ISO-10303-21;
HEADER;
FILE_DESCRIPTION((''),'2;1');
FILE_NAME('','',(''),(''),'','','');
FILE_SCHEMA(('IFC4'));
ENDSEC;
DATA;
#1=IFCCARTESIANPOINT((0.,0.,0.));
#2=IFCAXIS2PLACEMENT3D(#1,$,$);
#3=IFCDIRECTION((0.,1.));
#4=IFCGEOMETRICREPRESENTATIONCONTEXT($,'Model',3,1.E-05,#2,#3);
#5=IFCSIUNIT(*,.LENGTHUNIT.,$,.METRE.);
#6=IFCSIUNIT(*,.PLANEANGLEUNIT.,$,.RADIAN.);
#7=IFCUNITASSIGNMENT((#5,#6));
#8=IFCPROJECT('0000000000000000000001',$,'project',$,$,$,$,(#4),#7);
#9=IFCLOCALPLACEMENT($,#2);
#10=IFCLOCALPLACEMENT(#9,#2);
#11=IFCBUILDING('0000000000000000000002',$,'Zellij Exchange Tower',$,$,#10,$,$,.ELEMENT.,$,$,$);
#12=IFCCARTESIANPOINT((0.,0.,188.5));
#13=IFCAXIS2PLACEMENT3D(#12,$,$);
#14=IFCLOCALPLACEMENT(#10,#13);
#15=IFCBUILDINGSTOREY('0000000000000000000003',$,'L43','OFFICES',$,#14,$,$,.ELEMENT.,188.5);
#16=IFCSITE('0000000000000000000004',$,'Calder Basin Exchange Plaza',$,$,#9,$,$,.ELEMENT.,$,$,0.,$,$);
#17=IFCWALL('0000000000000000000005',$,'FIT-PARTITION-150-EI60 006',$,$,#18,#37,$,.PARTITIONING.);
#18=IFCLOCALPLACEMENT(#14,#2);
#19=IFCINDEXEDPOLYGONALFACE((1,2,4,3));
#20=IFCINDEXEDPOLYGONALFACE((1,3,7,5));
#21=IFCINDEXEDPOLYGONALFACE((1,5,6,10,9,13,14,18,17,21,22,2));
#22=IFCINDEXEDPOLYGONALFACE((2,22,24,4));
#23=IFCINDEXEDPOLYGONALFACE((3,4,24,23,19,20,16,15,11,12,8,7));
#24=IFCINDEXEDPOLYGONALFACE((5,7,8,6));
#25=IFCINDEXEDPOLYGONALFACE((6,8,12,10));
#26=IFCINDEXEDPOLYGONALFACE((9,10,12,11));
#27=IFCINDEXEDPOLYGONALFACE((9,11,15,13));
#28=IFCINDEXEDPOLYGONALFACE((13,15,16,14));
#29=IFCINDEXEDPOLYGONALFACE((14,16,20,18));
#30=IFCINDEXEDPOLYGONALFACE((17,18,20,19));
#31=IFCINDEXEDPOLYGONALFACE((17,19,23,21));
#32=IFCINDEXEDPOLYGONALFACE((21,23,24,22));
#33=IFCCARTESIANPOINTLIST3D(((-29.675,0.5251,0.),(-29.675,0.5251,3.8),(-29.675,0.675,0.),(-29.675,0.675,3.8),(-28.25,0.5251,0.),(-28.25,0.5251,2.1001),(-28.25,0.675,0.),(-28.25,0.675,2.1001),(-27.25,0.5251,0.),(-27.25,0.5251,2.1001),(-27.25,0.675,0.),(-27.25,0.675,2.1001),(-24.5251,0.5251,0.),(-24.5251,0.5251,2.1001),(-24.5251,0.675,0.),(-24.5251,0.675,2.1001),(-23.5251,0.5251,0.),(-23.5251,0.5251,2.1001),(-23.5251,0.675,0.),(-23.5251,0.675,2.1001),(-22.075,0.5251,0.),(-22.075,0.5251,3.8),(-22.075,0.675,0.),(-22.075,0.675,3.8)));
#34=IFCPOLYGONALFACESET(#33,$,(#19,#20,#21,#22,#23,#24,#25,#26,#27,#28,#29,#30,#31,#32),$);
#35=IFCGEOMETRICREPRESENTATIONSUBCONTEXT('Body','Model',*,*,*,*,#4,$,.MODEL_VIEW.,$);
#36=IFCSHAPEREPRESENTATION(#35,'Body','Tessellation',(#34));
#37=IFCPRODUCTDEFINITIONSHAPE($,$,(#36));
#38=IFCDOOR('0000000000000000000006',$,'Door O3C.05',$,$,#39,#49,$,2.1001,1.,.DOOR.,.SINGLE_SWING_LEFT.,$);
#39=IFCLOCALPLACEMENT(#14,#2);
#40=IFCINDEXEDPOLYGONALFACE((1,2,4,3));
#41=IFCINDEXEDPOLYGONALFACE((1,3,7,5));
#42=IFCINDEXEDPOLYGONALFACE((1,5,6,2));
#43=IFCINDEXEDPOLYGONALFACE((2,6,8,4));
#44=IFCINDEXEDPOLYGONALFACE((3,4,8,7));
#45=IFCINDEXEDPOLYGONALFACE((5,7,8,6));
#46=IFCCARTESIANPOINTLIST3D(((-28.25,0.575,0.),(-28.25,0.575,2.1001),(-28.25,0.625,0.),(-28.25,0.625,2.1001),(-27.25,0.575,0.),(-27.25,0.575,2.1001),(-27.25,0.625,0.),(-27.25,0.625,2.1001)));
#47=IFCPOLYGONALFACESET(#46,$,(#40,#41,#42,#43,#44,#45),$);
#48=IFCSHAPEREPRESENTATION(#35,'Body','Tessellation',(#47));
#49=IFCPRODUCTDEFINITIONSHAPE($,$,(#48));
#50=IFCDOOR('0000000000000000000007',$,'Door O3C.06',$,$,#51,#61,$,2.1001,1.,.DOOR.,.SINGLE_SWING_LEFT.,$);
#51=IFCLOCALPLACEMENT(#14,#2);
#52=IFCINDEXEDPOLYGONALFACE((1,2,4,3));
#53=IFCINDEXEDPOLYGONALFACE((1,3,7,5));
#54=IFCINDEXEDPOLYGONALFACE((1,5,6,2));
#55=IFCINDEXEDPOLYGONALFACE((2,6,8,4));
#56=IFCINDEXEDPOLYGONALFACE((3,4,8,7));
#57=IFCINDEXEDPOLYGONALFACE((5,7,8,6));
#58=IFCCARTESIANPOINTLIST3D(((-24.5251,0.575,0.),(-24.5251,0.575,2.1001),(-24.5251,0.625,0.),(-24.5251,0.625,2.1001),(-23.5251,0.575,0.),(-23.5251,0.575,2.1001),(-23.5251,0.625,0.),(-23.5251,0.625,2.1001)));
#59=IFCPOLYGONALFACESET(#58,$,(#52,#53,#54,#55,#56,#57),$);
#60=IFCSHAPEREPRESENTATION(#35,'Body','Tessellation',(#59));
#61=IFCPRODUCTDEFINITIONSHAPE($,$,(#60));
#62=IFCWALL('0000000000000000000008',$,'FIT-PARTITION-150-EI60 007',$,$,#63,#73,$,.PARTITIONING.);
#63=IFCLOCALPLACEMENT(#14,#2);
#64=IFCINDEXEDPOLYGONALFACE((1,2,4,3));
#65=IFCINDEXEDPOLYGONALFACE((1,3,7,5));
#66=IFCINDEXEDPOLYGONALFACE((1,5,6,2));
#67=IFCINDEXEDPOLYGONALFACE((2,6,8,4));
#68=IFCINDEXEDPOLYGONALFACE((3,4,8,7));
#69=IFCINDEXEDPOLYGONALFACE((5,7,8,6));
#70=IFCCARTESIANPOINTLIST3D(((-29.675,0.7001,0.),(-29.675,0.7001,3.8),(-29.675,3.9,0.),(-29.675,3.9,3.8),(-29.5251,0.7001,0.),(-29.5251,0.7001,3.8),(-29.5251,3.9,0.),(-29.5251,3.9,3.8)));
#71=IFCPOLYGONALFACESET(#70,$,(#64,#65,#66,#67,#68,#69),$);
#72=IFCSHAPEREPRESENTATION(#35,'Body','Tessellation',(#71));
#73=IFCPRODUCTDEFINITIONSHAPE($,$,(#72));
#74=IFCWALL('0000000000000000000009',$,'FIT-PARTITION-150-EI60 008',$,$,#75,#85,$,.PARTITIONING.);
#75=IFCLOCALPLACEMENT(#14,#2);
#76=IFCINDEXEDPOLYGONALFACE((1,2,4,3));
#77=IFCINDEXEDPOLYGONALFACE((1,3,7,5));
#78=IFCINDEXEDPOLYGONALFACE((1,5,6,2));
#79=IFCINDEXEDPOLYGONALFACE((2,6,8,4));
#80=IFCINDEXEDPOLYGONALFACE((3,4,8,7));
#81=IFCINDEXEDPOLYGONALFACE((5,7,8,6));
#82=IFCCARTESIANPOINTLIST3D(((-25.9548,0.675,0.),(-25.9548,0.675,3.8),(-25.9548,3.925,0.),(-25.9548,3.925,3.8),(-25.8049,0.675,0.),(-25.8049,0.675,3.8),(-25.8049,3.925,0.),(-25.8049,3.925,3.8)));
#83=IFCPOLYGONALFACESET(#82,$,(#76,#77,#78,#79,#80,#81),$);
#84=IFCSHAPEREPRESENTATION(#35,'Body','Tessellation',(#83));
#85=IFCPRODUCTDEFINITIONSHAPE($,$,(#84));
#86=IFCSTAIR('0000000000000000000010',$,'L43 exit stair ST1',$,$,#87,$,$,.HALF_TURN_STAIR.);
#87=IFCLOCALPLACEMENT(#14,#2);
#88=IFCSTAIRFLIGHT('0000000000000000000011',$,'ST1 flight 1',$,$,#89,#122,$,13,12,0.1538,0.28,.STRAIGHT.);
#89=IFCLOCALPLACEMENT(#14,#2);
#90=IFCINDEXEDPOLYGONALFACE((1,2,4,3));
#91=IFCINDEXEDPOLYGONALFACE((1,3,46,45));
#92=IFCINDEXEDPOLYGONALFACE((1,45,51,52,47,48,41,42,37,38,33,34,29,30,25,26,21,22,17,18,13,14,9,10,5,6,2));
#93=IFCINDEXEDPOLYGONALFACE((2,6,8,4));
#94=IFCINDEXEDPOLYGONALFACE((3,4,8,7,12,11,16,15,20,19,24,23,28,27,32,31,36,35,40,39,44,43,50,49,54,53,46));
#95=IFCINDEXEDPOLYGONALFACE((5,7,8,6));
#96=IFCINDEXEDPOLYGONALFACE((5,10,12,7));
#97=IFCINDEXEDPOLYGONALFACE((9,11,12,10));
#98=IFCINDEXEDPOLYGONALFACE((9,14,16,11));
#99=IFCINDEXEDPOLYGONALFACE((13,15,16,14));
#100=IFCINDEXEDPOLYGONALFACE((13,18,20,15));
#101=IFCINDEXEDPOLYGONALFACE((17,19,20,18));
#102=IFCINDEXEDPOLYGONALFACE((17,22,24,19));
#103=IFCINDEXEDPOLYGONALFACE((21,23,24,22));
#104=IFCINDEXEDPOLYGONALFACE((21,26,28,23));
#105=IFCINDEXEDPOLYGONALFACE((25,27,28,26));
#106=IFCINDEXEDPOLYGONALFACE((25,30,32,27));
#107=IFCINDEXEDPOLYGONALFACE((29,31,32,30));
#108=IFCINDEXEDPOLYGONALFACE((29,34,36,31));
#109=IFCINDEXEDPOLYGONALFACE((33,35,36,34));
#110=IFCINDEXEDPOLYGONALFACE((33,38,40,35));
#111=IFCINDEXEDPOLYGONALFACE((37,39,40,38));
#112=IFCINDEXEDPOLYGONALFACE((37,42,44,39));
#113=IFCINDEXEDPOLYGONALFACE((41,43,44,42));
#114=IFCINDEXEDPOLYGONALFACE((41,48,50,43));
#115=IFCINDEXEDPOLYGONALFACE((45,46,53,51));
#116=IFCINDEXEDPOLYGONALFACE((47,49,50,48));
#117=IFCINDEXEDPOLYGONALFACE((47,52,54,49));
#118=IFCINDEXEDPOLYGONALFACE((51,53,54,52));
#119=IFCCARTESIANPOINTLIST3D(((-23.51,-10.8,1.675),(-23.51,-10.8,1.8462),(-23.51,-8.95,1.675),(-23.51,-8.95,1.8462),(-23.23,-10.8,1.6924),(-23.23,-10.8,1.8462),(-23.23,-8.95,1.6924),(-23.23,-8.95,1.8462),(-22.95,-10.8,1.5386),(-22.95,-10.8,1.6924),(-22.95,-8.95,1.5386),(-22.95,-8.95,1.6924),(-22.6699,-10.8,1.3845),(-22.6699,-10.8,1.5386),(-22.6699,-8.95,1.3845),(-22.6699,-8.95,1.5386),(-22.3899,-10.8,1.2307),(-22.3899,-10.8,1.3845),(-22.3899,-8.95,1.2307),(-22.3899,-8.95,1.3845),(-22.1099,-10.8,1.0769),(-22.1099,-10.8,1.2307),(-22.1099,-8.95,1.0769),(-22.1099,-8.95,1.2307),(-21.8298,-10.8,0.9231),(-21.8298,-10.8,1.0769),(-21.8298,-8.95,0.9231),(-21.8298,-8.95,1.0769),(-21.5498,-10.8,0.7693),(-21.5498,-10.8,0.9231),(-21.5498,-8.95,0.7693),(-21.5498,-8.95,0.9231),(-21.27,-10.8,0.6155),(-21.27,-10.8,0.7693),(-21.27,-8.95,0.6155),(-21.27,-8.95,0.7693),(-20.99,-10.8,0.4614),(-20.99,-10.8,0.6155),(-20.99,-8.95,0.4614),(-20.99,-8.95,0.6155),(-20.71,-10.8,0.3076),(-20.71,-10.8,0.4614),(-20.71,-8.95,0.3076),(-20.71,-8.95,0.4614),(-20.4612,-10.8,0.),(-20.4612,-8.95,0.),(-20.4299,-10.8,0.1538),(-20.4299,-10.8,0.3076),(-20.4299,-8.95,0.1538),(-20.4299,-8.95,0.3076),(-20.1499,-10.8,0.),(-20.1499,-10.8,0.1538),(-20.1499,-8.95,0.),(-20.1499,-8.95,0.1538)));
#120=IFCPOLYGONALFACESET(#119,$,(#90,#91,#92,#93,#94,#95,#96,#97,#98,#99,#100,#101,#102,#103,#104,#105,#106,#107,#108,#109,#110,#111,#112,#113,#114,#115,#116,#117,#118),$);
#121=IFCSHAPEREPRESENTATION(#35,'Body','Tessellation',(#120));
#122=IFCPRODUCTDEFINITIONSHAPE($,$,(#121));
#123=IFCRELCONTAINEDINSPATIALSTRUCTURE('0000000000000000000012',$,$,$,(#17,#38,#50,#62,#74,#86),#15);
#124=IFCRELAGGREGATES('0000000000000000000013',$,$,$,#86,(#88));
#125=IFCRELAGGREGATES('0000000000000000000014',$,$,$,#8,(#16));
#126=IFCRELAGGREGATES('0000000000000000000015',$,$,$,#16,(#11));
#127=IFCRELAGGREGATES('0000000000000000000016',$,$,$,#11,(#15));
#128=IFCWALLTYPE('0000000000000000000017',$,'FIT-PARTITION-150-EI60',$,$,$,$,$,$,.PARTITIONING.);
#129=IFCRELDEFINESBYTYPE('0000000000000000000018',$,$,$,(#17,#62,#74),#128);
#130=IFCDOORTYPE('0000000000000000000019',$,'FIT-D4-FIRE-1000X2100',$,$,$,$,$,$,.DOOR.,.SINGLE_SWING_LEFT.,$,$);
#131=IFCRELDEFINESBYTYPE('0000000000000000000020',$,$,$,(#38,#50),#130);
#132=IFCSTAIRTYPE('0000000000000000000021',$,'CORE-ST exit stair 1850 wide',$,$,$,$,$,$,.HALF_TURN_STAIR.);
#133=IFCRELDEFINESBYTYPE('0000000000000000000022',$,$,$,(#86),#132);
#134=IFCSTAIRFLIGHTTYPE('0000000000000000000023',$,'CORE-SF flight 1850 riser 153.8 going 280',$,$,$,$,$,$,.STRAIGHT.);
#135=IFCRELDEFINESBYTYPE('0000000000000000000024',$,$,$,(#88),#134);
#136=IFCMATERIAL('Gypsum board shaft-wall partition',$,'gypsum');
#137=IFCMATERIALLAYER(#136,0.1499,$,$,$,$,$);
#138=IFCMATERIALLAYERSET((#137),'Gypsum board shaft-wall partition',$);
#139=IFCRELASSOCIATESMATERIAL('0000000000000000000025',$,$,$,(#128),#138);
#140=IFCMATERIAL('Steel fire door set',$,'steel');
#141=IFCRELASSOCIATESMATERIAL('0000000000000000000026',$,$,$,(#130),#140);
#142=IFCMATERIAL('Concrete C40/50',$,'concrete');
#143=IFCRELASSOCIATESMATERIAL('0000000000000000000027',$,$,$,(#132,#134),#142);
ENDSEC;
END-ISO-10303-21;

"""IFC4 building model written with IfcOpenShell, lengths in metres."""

from ifc_helpers import new_model, si_unit, direction, frame, frame_2d, origin, place, context, subcontext, project, spatial, polyline, rectangle, outline, extrude, material, layer, layer_set, type_object, element, fill, aggregate, save


model = new_model("IFC4")

# Units and contexts
model_context = context("Model", 3, precision=1e-05, world=origin(), true_north=direction((0.0, 1.0)))
body_context = subcontext(model_context, "Body", "Model", "MODEL_VIEW")
ifc_project = project(units=[si_unit("LENGTHUNIT", "METRE"), si_unit("PLANEANGLEUNIT", "RADIAN")], contexts=[model_context])

# Site, building, storey
site_placement = place(None, origin())
site = spatial("IfcSite", under=ifc_project, at=site_placement, Name="Calder Basin Exchange Plaza", CompositionType="ELEMENT", RefElevation=0.0)
building_placement = place(site_placement, origin())
building = spatial("IfcBuilding", under=site, at=building_placement, Name="Zellij Exchange Tower", CompositionType="ELEMENT")
storey_placement = place(building_placement, frame((0.0, 0.0, 188.5)))
storey = spatial("IfcBuildingStorey", under=building, at=storey_placement, Name="L43", Description="OFFICES", CompositionType="ELEMENT", Elevation=188.5)

# Wall, openings, doors
ifc_material_1 = material(Name="Gypsum board shaft-wall partition", Category="gypsum")
ifc_layer_1 = layer(ifc_material_1, 0.1499)
ifc_layer_set_1 = layer_set([ifc_layer_1], Name="Gypsum board shaft-wall partition")
wall_type_1 = type_object("IfcWallType", Name="FIT-PARTITION-150-EI60", PredefinedType="PARTITIONING", material=ifc_layer_set_1)
wall_1_placement = place(storey_placement, frame((-29.675, 0.6001, 0.0), z_axis=(0.0, 0.0, 1.0), x_axis=(1.0, 0.0, 0.0)))
wall_1 = element("IfcWall", 1, at=wall_1_placement, inside=storey, type_object=wall_type_1, Name="FIT-PARTITION-150-EI60 006", PredefinedType="PARTITIONING", context=body_context, shape_type="SweptSolid", body=[
    extrude(rectangle(XDim=7.6001, YDim=0.1499, at=frame_2d((3.8, 0.0))), origin(), (0.0, 0.0, 1.0), 3.8),
])
opening_1_placement = place(wall_1_placement, frame((1.425, 0.0, 0.0)))
opening_1 = element("IfcOpeningElement", 2, at=opening_1_placement, cuts=wall_1, PredefinedType="OPENING", context=body_context, shape_type="SweptSolid", body=[
    extrude(rectangle(XDim=1.0, YDim=2.1001, at=frame_2d((0.5, 1.05))), frame((0.0, 0.0869, 0.0), z_axis=(0.0, -1.0, 0.0), x_axis=(1.0, 0.0, 0.0)), (0.0, 0.0, 1.0), 0.1738),
])
opening_2_placement = place(wall_1_placement, frame((5.1499, 0.0, 0.0)))
opening_2 = element("IfcOpeningElement", 3, at=opening_2_placement, cuts=wall_1, PredefinedType="OPENING", context=body_context, shape_type="SweptSolid", body=[
    extrude(rectangle(XDim=1.0, YDim=2.1001, at=frame_2d((0.5, 1.05))), frame((0.0, 0.0869, 0.0), z_axis=(0.0, -1.0, 0.0), x_axis=(1.0, 0.0, 0.0)), (0.0, 0.0, 1.0), 0.1738),
])
ifc_material_2 = material(Name="Steel fire door set", Category="steel")
door_type_1 = type_object("IfcDoorType", Name="FIT-D4-FIRE-1000X2100", OperationType="SINGLE_SWING_LEFT", PredefinedType="DOOR", material=ifc_material_2)
door_1_placement = place(opening_1_placement, origin())
door_1 = element("IfcDoor", 4, at=door_1_placement, inside=storey, type_object=door_type_1, Name="Door O3C.05", OperationType="SINGLE_SWING_LEFT", OverallHeight=2.1001, OverallWidth=1.0, PredefinedType="DOOR", context=body_context, shape_type="SweptSolid", body=[
    extrude(rectangle(XDim=1.0, YDim=2.1001, at=frame_2d((0.5, 1.05))), frame((0.0, 0.0249, 0.0), z_axis=(0.0, -1.0, 0.0), x_axis=(1.0, 0.0, 0.0)), (0.0, 0.0, 1.0), 0.05),
])
fill(opening_1, door_1)
door_2_placement = place(opening_2_placement, origin())
door_2 = element("IfcDoor", 5, at=door_2_placement, inside=storey, type_object=door_type_1, Name="Door O3C.06", OperationType="SINGLE_SWING_LEFT", OverallHeight=2.1001, OverallWidth=1.0, PredefinedType="DOOR", context=body_context, shape_type="SweptSolid", body=[
    extrude(rectangle(XDim=1.0, YDim=2.1001, at=frame_2d((0.5, 1.05))), frame((0.0, 0.0249, 0.0), z_axis=(0.0, -1.0, 0.0), x_axis=(1.0, 0.0, 0.0)), (0.0, 0.0, 1.0), 0.05),
])
fill(opening_2, door_2)

# Walls
wall_2_placement = place(storey_placement, frame((-29.6001, 0.7, 0.0), z_axis=(0.0, 0.0, 1.0), x_axis=(0.0, 1.0, 0.0)))
element("IfcWall", 6, at=wall_2_placement, inside=storey, type_object=wall_type_1, Name="FIT-PARTITION-150-EI60 007", PredefinedType="PARTITIONING", context=body_context, shape_type="SweptSolid", body=[
    extrude(rectangle(XDim=3.2, YDim=0.1499, at=frame_2d((1.6001, 0.0))), origin(), (0.0, 0.0, 1.0), 3.8),
])
wall_3_placement = place(storey_placement, frame((-25.8799, 0.675, 0.0), z_axis=(0.0, 0.0, 1.0), x_axis=(0.0, 1.0, 0.0)))
element("IfcWall", 7, at=wall_3_placement, inside=storey, type_object=wall_type_1, Name="FIT-PARTITION-150-EI60 008", PredefinedType="PARTITIONING", context=body_context, shape_type="SweptSolid", body=[
    extrude(rectangle(XDim=3.25, YDim=0.1499, at=frame_2d((1.625, 0.0))), origin(), (0.0, 0.0, 1.0), 3.8),
])

# Stair, stair flight
ifc_material_3 = material(Name="Concrete C40/50", Category="concrete")
stair_type = type_object("IfcStairType", Name="CORE-ST exit stair 1850 wide", PredefinedType="HALF_TURN_STAIR", material=ifc_material_3)
stair_placement = place(storey_placement, origin())
stair = element("IfcStair", 8, at=stair_placement, inside=storey, type_object=stair_type, Name="L43 exit stair ST1", PredefinedType="HALF_TURN_STAIR")
stair_flight_type = type_object("IfcStairFlightType", Name="CORE-SF flight 1850 riser 153.8 going 280", PredefinedType="STRAIGHT", material=ifc_material_3)
stair_flight_placement = place(storey_placement, frame((-20.1499, -9.875, 0.0), z_axis=(0.0, 0.0, 1.0), x_axis=(-1.0, 0.0, 0.0)))
stair_flight = element("IfcStairFlight", 9, at=stair_flight_placement, type_object=stair_flight_type, Name="ST1 flight 1", NumberOfRisers=13, NumberOfTreads=12, PredefinedType="STRAIGHT", RiserHeight=0.1538, TreadLength=0.28, context=body_context, shape_type="SweptSolid", body=[
    extrude(outline(polyline([(0.0, 0.0), (0.0, 0.1538), (0.28, 0.1538), (0.28, 0.3076), (0.5601, 0.3076), (0.5601, 0.4614), (0.8401, 0.4614), (0.8401, 0.6155), (1.1201, 0.6155), (1.1201, 0.7693), (1.3999, 0.7693), (1.3999, 0.9231), (1.6799, 0.9231), (1.6799, 1.0769), (1.96, 1.0769), (1.96, 1.2307), (2.24, 1.2307), (2.24, 1.3845), (2.52, 1.3845), (2.52, 1.5386), (2.8, 1.5386), (2.8, 1.6924), (3.0801, 1.6924), (3.0801, 1.8462), (3.3601, 1.8462), (3.3601, 2.0), (3.3601, 1.675), (0.3113, 0.0), (0.0, 0.0)])), frame((0.0, 0.925, 0.0), z_axis=(0.0, -1.0, 0.0), x_axis=(1.0, 0.0, 0.0)), (0.0, 0.0, 1.0), 1.8501),
])
aggregate(stair, [stair_flight])

save(model, "model.ifc")
